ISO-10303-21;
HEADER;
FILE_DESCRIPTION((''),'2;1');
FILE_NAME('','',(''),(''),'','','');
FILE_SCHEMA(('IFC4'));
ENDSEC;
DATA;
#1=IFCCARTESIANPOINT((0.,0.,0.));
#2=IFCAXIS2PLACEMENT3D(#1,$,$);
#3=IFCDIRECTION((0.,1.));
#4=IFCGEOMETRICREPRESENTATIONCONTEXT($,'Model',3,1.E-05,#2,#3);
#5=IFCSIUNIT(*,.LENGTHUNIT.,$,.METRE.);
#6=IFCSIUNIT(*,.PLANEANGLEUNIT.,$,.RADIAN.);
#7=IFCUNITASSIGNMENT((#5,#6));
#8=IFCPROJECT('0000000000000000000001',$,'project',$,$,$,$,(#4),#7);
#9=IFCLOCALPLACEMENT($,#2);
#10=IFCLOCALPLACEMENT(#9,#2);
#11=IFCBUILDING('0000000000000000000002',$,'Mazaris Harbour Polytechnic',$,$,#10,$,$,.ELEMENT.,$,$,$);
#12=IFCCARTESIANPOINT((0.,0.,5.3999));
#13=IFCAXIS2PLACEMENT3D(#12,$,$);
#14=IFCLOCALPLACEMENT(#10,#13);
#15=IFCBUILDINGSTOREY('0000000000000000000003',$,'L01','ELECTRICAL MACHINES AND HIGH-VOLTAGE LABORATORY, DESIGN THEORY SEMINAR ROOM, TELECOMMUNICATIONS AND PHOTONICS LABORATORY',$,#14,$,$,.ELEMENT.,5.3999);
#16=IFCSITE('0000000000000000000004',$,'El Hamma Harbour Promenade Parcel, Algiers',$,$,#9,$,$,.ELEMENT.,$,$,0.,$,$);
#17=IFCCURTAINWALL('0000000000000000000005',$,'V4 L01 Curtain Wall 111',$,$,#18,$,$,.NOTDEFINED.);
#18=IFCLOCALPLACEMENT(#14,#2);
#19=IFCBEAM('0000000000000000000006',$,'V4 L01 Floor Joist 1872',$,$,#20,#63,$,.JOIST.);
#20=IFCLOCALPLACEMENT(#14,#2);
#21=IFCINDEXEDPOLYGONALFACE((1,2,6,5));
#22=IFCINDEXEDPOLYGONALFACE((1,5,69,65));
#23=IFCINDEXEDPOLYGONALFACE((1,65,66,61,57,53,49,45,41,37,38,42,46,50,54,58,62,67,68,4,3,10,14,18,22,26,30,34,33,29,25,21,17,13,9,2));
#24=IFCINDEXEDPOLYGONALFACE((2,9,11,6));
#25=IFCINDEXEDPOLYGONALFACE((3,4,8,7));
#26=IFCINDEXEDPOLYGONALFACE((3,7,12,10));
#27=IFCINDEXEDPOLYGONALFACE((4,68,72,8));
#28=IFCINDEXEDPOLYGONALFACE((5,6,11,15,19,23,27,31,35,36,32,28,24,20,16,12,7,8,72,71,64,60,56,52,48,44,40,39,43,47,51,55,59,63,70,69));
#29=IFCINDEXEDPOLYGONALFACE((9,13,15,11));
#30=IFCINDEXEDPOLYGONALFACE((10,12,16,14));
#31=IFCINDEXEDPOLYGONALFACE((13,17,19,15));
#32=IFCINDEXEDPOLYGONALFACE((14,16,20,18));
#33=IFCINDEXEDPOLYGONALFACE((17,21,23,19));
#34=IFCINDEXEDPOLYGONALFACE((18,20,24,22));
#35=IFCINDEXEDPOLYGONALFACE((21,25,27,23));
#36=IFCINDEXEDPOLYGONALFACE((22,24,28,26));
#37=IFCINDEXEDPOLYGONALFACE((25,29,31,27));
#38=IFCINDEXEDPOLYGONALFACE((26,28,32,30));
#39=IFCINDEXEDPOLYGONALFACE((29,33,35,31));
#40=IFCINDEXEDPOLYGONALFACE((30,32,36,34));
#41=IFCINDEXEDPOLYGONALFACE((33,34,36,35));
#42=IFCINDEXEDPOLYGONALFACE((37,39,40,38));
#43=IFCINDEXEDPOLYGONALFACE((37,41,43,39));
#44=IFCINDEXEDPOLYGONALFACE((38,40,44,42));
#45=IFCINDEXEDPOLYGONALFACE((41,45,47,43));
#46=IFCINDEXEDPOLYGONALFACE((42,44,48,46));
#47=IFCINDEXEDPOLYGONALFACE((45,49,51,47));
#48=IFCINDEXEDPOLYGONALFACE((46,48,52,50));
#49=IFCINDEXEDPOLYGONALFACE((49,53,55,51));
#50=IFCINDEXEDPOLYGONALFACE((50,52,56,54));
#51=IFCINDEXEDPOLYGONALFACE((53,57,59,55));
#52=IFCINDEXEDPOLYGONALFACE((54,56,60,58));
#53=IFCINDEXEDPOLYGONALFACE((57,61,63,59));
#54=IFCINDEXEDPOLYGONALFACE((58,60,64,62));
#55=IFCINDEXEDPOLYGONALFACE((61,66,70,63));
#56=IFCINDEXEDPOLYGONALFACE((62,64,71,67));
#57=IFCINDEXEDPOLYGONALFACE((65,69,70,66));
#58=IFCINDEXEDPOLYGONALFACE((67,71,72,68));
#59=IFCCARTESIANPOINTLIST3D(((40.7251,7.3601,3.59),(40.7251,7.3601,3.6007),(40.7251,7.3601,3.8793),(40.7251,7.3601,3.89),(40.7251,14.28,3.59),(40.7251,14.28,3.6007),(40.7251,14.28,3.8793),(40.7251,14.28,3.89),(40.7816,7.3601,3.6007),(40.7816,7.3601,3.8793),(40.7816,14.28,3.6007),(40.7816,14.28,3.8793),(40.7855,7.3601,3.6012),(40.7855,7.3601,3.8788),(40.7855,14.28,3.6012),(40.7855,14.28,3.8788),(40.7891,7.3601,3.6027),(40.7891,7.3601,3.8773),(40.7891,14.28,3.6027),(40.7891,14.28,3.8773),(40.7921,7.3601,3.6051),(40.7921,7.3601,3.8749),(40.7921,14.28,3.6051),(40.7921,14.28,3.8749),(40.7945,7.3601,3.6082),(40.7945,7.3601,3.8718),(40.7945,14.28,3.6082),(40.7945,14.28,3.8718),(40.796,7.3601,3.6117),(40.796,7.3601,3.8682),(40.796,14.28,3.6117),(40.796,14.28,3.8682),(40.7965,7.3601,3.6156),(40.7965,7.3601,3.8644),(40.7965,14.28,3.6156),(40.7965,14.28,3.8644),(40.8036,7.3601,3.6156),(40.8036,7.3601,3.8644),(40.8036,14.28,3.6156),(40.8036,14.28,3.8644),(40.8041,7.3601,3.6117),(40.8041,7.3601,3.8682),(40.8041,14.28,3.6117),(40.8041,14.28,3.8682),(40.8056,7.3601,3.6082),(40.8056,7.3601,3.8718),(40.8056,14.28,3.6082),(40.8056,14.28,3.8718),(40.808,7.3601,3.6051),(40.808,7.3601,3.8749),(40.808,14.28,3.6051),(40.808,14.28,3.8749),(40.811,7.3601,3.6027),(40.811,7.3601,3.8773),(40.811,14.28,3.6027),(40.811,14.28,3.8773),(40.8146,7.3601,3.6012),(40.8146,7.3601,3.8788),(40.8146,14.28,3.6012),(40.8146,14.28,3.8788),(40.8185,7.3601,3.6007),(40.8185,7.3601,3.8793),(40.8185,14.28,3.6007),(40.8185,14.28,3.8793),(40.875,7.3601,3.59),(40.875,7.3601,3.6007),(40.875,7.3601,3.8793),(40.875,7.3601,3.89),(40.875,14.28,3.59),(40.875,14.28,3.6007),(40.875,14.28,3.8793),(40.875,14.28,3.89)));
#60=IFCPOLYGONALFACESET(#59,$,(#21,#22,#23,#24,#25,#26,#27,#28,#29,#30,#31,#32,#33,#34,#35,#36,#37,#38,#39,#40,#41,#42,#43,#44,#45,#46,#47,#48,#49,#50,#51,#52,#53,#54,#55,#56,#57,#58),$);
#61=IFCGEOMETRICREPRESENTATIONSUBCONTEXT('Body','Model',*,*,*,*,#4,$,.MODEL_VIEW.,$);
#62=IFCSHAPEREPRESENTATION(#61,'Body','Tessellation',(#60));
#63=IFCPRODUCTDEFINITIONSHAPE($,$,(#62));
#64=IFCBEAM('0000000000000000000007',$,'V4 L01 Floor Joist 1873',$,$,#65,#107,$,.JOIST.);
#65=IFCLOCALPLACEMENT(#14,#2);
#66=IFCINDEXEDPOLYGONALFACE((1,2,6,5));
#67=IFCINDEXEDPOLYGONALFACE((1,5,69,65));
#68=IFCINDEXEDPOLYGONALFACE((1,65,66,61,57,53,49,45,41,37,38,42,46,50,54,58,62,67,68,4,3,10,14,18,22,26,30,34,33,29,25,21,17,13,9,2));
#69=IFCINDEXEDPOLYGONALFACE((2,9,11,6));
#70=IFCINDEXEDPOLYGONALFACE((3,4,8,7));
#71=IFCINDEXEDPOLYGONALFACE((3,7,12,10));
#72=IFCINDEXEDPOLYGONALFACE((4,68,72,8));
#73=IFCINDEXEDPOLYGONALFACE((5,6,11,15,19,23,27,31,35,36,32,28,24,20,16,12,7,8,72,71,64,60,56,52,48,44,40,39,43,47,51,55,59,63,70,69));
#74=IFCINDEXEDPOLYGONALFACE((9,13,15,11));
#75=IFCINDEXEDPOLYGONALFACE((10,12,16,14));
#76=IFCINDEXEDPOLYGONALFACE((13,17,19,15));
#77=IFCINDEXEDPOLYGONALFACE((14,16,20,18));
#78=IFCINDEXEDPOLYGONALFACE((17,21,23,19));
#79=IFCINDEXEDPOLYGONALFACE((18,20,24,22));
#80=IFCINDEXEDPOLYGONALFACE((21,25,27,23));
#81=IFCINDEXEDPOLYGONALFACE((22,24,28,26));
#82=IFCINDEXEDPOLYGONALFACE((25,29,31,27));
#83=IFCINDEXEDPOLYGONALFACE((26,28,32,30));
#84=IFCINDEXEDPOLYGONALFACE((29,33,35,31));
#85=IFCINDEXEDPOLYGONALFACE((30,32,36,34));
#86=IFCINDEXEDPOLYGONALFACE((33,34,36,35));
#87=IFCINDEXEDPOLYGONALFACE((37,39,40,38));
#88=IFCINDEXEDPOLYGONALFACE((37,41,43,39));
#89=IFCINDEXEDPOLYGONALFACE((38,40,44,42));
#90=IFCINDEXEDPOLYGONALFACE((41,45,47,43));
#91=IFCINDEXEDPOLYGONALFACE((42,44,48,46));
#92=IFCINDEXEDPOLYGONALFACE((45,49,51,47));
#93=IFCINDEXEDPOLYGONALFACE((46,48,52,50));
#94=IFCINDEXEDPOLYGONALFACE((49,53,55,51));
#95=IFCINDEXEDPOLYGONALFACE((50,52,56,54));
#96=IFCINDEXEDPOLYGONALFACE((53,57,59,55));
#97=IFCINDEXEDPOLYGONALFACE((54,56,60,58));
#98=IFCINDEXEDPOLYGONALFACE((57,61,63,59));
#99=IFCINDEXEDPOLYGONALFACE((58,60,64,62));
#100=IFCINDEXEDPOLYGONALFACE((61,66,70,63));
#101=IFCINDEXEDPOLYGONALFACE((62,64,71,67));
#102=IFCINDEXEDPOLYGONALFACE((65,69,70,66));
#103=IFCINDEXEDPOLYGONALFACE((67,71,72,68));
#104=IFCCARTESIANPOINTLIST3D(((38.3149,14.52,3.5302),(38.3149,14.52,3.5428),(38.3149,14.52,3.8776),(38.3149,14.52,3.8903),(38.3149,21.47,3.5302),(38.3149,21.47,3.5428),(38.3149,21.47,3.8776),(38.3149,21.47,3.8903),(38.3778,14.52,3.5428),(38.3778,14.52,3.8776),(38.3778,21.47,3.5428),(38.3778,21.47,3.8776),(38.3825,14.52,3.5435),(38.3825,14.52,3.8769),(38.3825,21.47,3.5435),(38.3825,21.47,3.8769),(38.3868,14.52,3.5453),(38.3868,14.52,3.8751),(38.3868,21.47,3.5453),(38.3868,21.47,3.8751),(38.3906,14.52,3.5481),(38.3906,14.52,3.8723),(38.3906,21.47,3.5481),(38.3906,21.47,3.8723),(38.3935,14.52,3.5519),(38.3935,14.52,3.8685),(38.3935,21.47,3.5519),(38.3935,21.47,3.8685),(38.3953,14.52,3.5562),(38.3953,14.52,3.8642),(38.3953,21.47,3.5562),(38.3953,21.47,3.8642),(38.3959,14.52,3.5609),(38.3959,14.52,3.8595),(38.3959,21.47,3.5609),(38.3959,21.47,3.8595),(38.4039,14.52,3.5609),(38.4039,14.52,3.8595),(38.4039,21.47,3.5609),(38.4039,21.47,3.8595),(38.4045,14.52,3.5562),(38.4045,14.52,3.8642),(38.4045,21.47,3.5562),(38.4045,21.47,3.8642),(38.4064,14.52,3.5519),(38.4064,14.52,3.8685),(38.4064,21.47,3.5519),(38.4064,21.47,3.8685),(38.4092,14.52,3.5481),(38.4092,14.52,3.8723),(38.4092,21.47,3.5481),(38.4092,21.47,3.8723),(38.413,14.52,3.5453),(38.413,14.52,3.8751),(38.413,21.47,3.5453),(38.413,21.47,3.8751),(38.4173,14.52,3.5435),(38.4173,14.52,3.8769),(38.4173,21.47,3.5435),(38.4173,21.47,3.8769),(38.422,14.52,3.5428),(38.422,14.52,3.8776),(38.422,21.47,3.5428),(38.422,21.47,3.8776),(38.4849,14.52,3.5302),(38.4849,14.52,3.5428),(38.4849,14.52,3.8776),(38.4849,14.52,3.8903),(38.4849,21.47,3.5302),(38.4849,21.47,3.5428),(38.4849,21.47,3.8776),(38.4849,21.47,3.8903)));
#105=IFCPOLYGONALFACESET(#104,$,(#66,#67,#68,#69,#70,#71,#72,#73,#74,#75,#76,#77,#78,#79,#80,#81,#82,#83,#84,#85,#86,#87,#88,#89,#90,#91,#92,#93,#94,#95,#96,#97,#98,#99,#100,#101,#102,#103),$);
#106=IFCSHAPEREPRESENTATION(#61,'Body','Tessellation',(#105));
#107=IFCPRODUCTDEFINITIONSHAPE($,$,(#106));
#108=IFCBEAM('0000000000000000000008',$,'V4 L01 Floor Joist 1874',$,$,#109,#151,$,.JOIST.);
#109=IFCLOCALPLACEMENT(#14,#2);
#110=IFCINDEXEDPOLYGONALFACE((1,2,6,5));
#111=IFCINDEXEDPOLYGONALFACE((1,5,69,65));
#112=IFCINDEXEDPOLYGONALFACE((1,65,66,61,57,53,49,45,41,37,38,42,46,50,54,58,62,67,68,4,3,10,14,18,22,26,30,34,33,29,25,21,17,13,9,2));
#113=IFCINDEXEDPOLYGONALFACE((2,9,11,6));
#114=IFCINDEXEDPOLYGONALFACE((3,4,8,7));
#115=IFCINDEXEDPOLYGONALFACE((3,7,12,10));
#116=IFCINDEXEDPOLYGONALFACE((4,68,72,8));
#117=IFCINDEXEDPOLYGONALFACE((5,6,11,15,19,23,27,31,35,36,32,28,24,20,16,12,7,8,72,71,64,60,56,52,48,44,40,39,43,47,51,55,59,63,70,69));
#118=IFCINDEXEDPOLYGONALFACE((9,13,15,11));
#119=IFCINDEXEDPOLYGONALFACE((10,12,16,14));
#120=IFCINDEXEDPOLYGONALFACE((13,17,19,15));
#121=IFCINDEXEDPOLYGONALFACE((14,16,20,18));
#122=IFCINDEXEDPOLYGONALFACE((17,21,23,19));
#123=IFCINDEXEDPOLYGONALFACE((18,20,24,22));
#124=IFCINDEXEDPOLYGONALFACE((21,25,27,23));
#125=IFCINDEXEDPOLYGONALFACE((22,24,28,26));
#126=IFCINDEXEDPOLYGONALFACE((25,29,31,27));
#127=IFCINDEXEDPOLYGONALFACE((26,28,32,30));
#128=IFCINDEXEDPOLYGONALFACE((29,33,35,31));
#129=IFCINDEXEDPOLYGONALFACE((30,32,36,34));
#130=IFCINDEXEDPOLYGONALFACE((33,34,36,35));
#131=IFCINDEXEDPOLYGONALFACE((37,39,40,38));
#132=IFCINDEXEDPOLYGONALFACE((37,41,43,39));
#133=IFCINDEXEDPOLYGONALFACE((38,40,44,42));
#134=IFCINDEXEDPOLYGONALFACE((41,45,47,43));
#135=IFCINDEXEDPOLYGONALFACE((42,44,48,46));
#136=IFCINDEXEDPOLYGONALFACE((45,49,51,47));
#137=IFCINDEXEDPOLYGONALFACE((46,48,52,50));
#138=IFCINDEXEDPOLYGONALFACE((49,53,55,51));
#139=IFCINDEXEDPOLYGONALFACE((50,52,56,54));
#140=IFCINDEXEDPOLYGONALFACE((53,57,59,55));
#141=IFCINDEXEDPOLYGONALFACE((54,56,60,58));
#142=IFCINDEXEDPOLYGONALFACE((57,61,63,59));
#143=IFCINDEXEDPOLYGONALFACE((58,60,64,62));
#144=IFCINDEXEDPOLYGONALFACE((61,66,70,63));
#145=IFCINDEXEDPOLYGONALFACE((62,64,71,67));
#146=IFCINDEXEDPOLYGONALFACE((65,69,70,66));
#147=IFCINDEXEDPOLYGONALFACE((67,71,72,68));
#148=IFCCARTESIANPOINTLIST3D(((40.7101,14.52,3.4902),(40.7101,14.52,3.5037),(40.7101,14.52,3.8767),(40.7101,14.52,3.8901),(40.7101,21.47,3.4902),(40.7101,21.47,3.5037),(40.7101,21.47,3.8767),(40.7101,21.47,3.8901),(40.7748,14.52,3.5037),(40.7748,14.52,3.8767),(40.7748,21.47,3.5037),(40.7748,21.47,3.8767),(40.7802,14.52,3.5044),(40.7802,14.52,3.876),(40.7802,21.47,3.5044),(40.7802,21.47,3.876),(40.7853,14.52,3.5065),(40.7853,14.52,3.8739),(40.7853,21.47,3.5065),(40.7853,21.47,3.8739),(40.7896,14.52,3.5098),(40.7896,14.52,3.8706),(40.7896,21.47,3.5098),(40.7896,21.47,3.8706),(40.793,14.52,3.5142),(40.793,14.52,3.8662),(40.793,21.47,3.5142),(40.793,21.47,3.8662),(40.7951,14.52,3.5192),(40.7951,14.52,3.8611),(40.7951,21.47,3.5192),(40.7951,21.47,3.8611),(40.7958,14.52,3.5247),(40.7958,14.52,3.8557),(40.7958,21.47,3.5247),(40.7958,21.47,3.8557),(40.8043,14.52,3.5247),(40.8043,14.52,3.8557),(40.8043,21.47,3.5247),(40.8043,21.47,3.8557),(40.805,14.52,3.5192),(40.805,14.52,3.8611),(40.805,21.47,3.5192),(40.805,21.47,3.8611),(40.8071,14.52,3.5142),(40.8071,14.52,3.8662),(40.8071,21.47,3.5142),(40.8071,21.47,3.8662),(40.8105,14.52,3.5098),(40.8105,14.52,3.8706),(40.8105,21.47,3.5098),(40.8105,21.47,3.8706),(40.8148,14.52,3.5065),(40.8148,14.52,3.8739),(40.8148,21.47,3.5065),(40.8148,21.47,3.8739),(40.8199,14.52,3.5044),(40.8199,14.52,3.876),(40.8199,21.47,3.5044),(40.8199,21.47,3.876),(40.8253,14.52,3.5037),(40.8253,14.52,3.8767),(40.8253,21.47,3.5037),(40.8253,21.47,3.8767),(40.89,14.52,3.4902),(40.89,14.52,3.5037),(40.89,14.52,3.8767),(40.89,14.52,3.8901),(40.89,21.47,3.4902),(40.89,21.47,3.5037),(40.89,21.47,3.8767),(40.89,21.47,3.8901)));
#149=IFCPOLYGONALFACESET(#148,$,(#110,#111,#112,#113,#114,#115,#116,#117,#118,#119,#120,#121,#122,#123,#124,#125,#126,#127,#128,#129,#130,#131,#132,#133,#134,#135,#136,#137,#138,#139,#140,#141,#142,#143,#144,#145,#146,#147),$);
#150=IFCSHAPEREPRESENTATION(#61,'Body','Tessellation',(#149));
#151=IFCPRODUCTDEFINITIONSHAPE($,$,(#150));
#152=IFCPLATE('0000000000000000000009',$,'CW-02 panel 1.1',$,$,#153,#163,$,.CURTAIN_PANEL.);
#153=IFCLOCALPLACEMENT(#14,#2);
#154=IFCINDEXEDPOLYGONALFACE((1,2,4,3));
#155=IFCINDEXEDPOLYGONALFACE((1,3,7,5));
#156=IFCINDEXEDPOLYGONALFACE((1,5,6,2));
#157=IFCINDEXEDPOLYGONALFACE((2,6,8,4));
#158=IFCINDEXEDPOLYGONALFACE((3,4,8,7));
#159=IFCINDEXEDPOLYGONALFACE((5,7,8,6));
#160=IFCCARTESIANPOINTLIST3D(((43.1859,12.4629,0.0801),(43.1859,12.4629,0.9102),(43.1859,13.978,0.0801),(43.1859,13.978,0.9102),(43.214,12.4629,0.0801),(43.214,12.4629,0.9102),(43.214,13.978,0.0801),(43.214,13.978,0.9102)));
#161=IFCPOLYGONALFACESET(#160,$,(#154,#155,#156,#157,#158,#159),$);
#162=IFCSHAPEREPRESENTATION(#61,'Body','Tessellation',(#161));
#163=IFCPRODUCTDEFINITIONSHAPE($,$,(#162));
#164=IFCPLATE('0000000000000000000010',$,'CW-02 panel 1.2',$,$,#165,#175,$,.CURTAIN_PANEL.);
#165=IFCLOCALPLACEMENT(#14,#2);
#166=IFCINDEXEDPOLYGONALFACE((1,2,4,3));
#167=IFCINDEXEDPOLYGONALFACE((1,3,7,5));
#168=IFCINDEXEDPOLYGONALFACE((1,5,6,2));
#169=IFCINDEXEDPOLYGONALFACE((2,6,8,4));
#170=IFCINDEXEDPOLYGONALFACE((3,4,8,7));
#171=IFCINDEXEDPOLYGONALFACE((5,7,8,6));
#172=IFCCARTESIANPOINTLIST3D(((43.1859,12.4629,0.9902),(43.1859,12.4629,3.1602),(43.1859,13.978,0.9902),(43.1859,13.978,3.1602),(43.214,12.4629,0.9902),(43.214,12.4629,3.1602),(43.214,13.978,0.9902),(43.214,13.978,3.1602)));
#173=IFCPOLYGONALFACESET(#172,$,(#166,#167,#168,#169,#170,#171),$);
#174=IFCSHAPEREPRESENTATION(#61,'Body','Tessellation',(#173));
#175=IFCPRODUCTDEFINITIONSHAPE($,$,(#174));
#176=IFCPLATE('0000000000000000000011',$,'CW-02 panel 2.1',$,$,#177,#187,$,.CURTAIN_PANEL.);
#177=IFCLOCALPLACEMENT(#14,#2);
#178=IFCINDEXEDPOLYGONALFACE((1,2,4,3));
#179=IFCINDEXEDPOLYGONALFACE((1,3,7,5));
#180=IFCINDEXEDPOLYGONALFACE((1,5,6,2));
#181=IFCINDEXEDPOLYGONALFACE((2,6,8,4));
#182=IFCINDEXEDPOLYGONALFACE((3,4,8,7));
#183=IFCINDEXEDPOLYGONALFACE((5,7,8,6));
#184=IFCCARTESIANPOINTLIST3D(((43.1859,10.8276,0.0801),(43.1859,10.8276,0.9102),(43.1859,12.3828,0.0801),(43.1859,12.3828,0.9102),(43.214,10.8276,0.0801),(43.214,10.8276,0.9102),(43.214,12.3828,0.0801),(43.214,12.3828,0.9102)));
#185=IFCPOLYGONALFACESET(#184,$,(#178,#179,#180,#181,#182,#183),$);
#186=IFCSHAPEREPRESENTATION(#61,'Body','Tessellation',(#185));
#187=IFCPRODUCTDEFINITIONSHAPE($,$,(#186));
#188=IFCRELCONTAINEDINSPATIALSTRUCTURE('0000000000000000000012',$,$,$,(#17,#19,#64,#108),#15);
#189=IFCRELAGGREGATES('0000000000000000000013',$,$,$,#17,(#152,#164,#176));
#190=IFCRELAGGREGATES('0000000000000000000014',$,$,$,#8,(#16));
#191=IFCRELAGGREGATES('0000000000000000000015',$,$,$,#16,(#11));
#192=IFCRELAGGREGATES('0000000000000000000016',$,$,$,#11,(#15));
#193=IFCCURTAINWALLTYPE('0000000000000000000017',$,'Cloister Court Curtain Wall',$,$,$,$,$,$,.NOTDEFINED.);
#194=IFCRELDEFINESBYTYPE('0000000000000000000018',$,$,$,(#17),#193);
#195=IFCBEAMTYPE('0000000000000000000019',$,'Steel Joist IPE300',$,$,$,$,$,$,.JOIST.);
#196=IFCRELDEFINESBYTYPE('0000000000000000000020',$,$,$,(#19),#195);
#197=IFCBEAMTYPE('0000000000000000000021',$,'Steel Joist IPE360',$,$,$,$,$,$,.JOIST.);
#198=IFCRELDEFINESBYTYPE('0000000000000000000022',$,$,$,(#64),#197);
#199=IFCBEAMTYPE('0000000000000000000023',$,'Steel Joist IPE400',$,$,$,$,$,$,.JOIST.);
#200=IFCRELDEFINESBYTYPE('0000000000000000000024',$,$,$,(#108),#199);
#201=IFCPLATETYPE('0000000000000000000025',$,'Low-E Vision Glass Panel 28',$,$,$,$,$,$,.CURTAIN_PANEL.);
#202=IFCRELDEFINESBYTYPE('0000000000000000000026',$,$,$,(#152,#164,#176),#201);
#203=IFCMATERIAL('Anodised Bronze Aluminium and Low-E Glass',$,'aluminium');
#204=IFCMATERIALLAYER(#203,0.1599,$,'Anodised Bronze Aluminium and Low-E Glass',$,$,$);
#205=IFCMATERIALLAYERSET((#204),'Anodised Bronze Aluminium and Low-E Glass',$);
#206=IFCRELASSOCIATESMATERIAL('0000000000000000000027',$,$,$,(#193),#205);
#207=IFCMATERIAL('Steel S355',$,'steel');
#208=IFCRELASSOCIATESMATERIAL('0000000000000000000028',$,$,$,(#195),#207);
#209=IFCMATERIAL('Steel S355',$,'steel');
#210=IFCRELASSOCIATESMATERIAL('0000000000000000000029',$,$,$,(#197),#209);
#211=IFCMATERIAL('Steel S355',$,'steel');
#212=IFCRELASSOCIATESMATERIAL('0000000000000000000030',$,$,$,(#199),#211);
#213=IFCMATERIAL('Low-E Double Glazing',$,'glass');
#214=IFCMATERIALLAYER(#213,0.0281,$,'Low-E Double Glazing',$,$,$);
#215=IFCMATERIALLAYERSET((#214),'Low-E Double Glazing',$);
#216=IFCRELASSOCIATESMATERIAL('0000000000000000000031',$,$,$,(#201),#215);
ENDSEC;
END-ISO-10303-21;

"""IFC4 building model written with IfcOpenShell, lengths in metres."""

from ifc_helpers import new_model, si_unit, direction, frame, origin, origin_2d, place, context, subcontext, project, spatial, rectangle, i_section, extrude, material, layer, layer_set, material_profile, profile_set, type_object, element, aggregate, save


model = new_model("IFC4")

# Units and contexts
model_context = context("Model", 3, precision=1e-05, world=origin(), true_north=direction((0.0, 1.0)))
body_context = subcontext(model_context, "Body", "Model", "MODEL_VIEW")
ifc_project = project(units=[si_unit("LENGTHUNIT", "METRE"), si_unit("PLANEANGLEUNIT", "RADIAN")], contexts=[model_context])

# Site, building, storey
site_placement = place(None, origin())
site = spatial("IfcSite", under=ifc_project, at=site_placement, Name="El Hamma Harbour Promenade Parcel, Algiers", CompositionType="ELEMENT", RefElevation=0.0)
building_placement = place(site_placement, origin())
building = spatial("IfcBuilding", under=site, at=building_placement, Name="Mazaris Harbour Polytechnic", CompositionType="ELEMENT")
storey_placement = place(building_placement, frame((0.0, 0.0, 5.3999)))
storey = spatial("IfcBuildingStorey", under=building, at=storey_placement, Name="L01", Description="ELECTRICAL MACHINES AND HIGH-VOLTAGE LABORATORY, DESIGN THEORY SEMINAR ROOM, TELECOMMUNICATIONS AND PHOTONICS LABORATORY", CompositionType="ELEMENT", Elevation=5.3999)

# Curtain wall
ifc_material_1 = material(Name="Anodised Bronze Aluminium and Low-E Glass", Category="aluminium")
ifc_layer_1 = layer(ifc_material_1, 0.1599, Name="Anodised Bronze Aluminium and Low-E Glass")
ifc_layer_set_1 = layer_set([ifc_layer_1], Name="Anodised Bronze Aluminium and Low-E Glass")
curtain_wall_type = type_object("IfcCurtainWallType", Name="Cloister Court Curtain Wall", PredefinedType="NOTDEFINED", material=ifc_layer_set_1)
curtain_wall_placement = place(storey_placement, origin())
curtain_wall = element("IfcCurtainWall", 1, at=curtain_wall_placement, inside=storey, type_object=curtain_wall_type, Name="V4 L01 Curtain Wall 111", PredefinedType="NOTDEFINED")

# Beams
ifc_material_2 = material(Name="Steel S355", Category="steel")
ifc_material_profile_1 = material_profile(ifc_material_2, i_section(OverallWidth=0.1499, OverallDepth=0.3, WebThickness=0.0071, FlangeThickness=0.0107, FilletRadius=0.0149, at=origin_2d()), Name="IPE 300")
ifc_profile_set_1 = profile_set([ifc_material_profile_1], Name="Steel S355")
beam_type_1 = type_object("IfcBeamType", Name="Steel Joist IPE300", PredefinedType="JOIST", material=ifc_profile_set_1)
beam_1_placement = place(storey_placement, frame((40.8, 7.3601, 3.74), z_axis=(0.0, 1.0, 0.0), x_axis=(-1.0, 0.0, 0.0)))
element("IfcBeam", 2, at=beam_1_placement, inside=storey, type_object=beam_type_1, Name="V4 L01 Floor Joist 1872", PredefinedType="JOIST", context=body_context, shape_type="SweptSolid", body=[
    extrude(i_section(OverallWidth=0.1499, OverallDepth=0.3, WebThickness=0.0071, FlangeThickness=0.0107, FilletRadius=0.0149, at=origin_2d()), origin(), (0.0, 0.0, 1.0), 6.9199),
])
ifc_material_3 = material(Name="Steel S355", Category="steel")
ifc_material_profile_2 = material_profile(ifc_material_3, i_section(OverallWidth=0.1699, OverallDepth=0.3601, WebThickness=0.0081, FlangeThickness=0.0127, FilletRadius=0.0181, at=origin_2d()), Name="IPE 360")
ifc_profile_set_2 = profile_set([ifc_material_profile_2], Name="Steel S355")
beam_type_2 = type_object("IfcBeamType", Name="Steel Joist IPE360", PredefinedType="JOIST", material=ifc_profile_set_2)
beam_2_placement = place(storey_placement, frame((38.3999, 14.52, 3.7102), z_axis=(0.0, 1.0, 0.0), x_axis=(-1.0, 0.0, 0.0)))
element("IfcBeam", 3, at=beam_2_placement, inside=storey, type_object=beam_type_2, Name="V4 L01 Floor Joist 1873", PredefinedType="JOIST", context=body_context, shape_type="SweptSolid", body=[
    extrude(i_section(OverallWidth=0.1699, OverallDepth=0.3601, WebThickness=0.0081, FlangeThickness=0.0127, FilletRadius=0.0181, at=origin_2d()), origin(), (0.0, 0.0, 1.0), 6.95),
])
ifc_material_4 = material(Name="Steel S355", Category="steel")
ifc_material_profile_3 = material_profile(ifc_material_4, i_section(OverallWidth=0.1799, OverallDepth=0.3999, WebThickness=0.0085, FlangeThickness=0.0134, FilletRadius=0.021, at=origin_2d()), Name="IPE 400")
ifc_profile_set_3 = profile_set([ifc_material_profile_3], Name="Steel S355")
beam_type_3 = type_object("IfcBeamType", Name="Steel Joist IPE400", PredefinedType="JOIST", material=ifc_profile_set_3)
beam_3_placement = place(storey_placement, frame((40.8, 14.52, 3.6902), z_axis=(0.0, 1.0, 0.0), x_axis=(-1.0, 0.0, 0.0)))
element("IfcBeam", 4, at=beam_3_placement, inside=storey, type_object=beam_type_3, Name="V4 L01 Floor Joist 1874", PredefinedType="JOIST", context=body_context, shape_type="SweptSolid", body=[
    extrude(i_section(OverallWidth=0.1799, OverallDepth=0.3999, WebThickness=0.0085, FlangeThickness=0.0134, FilletRadius=0.021, at=origin_2d()), origin(), (0.0, 0.0, 1.0), 6.95),
])

# Plates
ifc_material_5 = material(Name="Low-E Double Glazing", Category="glass")
ifc_layer_2 = layer(ifc_material_5, 0.0281, Name="Low-E Double Glazing")
ifc_layer_set_2 = layer_set([ifc_layer_2], Name="Low-E Double Glazing")
plate_type = type_object("IfcPlateType", Name="Low-E Vision Glass Panel 28", PredefinedType="CURTAIN_PANEL", material=ifc_layer_set_2)
plate_1_placement = place(storey_placement, frame((43.2, 13.2205, 0.0801), z_axis=(0.0, 0.0, 1.0), x_axis=(0.0, -1.0, 0.0)))
plate_1 = element("IfcPlate", 5, at=plate_1_placement, type_object=plate_type, Name="CW-02 panel 1.1", PredefinedType="CURTAIN_PANEL", context=body_context, shape_type="SweptSolid", body=[
    extrude(rectangle(XDim=1.5151, YDim=0.0281, at=origin_2d()), origin(), (0.0, 0.0, 1.0), 0.8301),
])
plate_2_placement = place(storey_placement, frame((43.2, 13.2205, 0.9902), z_axis=(0.0, 0.0, 1.0), x_axis=(0.0, -1.0, 0.0)))
plate_2 = element("IfcPlate", 6, at=plate_2_placement, type_object=plate_type, Name="CW-02 panel 1.2", PredefinedType="CURTAIN_PANEL", context=body_context, shape_type="SweptSolid", body=[
    extrude(rectangle(XDim=1.5151, YDim=0.0281, at=origin_2d()), origin(), (0.0, 0.0, 1.0), 2.1699),
])
plate_3_placement = place(storey_placement, frame((43.2, 11.6052, 0.0801), z_axis=(0.0, 0.0, 1.0), x_axis=(0.0, -1.0, 0.0)))
plate_3 = element("IfcPlate", 7, at=plate_3_placement, type_object=plate_type, Name="CW-02 panel 2.1", PredefinedType="CURTAIN_PANEL", context=body_context, shape_type="SweptSolid", body=[
    extrude(rectangle(XDim=1.5552, YDim=0.0281, at=origin_2d()), origin(), (0.0, 0.0, 1.0), 0.8301),
])
aggregate(curtain_wall, [plate_1, plate_2, plate_3])

save(model, "model.ifc")
